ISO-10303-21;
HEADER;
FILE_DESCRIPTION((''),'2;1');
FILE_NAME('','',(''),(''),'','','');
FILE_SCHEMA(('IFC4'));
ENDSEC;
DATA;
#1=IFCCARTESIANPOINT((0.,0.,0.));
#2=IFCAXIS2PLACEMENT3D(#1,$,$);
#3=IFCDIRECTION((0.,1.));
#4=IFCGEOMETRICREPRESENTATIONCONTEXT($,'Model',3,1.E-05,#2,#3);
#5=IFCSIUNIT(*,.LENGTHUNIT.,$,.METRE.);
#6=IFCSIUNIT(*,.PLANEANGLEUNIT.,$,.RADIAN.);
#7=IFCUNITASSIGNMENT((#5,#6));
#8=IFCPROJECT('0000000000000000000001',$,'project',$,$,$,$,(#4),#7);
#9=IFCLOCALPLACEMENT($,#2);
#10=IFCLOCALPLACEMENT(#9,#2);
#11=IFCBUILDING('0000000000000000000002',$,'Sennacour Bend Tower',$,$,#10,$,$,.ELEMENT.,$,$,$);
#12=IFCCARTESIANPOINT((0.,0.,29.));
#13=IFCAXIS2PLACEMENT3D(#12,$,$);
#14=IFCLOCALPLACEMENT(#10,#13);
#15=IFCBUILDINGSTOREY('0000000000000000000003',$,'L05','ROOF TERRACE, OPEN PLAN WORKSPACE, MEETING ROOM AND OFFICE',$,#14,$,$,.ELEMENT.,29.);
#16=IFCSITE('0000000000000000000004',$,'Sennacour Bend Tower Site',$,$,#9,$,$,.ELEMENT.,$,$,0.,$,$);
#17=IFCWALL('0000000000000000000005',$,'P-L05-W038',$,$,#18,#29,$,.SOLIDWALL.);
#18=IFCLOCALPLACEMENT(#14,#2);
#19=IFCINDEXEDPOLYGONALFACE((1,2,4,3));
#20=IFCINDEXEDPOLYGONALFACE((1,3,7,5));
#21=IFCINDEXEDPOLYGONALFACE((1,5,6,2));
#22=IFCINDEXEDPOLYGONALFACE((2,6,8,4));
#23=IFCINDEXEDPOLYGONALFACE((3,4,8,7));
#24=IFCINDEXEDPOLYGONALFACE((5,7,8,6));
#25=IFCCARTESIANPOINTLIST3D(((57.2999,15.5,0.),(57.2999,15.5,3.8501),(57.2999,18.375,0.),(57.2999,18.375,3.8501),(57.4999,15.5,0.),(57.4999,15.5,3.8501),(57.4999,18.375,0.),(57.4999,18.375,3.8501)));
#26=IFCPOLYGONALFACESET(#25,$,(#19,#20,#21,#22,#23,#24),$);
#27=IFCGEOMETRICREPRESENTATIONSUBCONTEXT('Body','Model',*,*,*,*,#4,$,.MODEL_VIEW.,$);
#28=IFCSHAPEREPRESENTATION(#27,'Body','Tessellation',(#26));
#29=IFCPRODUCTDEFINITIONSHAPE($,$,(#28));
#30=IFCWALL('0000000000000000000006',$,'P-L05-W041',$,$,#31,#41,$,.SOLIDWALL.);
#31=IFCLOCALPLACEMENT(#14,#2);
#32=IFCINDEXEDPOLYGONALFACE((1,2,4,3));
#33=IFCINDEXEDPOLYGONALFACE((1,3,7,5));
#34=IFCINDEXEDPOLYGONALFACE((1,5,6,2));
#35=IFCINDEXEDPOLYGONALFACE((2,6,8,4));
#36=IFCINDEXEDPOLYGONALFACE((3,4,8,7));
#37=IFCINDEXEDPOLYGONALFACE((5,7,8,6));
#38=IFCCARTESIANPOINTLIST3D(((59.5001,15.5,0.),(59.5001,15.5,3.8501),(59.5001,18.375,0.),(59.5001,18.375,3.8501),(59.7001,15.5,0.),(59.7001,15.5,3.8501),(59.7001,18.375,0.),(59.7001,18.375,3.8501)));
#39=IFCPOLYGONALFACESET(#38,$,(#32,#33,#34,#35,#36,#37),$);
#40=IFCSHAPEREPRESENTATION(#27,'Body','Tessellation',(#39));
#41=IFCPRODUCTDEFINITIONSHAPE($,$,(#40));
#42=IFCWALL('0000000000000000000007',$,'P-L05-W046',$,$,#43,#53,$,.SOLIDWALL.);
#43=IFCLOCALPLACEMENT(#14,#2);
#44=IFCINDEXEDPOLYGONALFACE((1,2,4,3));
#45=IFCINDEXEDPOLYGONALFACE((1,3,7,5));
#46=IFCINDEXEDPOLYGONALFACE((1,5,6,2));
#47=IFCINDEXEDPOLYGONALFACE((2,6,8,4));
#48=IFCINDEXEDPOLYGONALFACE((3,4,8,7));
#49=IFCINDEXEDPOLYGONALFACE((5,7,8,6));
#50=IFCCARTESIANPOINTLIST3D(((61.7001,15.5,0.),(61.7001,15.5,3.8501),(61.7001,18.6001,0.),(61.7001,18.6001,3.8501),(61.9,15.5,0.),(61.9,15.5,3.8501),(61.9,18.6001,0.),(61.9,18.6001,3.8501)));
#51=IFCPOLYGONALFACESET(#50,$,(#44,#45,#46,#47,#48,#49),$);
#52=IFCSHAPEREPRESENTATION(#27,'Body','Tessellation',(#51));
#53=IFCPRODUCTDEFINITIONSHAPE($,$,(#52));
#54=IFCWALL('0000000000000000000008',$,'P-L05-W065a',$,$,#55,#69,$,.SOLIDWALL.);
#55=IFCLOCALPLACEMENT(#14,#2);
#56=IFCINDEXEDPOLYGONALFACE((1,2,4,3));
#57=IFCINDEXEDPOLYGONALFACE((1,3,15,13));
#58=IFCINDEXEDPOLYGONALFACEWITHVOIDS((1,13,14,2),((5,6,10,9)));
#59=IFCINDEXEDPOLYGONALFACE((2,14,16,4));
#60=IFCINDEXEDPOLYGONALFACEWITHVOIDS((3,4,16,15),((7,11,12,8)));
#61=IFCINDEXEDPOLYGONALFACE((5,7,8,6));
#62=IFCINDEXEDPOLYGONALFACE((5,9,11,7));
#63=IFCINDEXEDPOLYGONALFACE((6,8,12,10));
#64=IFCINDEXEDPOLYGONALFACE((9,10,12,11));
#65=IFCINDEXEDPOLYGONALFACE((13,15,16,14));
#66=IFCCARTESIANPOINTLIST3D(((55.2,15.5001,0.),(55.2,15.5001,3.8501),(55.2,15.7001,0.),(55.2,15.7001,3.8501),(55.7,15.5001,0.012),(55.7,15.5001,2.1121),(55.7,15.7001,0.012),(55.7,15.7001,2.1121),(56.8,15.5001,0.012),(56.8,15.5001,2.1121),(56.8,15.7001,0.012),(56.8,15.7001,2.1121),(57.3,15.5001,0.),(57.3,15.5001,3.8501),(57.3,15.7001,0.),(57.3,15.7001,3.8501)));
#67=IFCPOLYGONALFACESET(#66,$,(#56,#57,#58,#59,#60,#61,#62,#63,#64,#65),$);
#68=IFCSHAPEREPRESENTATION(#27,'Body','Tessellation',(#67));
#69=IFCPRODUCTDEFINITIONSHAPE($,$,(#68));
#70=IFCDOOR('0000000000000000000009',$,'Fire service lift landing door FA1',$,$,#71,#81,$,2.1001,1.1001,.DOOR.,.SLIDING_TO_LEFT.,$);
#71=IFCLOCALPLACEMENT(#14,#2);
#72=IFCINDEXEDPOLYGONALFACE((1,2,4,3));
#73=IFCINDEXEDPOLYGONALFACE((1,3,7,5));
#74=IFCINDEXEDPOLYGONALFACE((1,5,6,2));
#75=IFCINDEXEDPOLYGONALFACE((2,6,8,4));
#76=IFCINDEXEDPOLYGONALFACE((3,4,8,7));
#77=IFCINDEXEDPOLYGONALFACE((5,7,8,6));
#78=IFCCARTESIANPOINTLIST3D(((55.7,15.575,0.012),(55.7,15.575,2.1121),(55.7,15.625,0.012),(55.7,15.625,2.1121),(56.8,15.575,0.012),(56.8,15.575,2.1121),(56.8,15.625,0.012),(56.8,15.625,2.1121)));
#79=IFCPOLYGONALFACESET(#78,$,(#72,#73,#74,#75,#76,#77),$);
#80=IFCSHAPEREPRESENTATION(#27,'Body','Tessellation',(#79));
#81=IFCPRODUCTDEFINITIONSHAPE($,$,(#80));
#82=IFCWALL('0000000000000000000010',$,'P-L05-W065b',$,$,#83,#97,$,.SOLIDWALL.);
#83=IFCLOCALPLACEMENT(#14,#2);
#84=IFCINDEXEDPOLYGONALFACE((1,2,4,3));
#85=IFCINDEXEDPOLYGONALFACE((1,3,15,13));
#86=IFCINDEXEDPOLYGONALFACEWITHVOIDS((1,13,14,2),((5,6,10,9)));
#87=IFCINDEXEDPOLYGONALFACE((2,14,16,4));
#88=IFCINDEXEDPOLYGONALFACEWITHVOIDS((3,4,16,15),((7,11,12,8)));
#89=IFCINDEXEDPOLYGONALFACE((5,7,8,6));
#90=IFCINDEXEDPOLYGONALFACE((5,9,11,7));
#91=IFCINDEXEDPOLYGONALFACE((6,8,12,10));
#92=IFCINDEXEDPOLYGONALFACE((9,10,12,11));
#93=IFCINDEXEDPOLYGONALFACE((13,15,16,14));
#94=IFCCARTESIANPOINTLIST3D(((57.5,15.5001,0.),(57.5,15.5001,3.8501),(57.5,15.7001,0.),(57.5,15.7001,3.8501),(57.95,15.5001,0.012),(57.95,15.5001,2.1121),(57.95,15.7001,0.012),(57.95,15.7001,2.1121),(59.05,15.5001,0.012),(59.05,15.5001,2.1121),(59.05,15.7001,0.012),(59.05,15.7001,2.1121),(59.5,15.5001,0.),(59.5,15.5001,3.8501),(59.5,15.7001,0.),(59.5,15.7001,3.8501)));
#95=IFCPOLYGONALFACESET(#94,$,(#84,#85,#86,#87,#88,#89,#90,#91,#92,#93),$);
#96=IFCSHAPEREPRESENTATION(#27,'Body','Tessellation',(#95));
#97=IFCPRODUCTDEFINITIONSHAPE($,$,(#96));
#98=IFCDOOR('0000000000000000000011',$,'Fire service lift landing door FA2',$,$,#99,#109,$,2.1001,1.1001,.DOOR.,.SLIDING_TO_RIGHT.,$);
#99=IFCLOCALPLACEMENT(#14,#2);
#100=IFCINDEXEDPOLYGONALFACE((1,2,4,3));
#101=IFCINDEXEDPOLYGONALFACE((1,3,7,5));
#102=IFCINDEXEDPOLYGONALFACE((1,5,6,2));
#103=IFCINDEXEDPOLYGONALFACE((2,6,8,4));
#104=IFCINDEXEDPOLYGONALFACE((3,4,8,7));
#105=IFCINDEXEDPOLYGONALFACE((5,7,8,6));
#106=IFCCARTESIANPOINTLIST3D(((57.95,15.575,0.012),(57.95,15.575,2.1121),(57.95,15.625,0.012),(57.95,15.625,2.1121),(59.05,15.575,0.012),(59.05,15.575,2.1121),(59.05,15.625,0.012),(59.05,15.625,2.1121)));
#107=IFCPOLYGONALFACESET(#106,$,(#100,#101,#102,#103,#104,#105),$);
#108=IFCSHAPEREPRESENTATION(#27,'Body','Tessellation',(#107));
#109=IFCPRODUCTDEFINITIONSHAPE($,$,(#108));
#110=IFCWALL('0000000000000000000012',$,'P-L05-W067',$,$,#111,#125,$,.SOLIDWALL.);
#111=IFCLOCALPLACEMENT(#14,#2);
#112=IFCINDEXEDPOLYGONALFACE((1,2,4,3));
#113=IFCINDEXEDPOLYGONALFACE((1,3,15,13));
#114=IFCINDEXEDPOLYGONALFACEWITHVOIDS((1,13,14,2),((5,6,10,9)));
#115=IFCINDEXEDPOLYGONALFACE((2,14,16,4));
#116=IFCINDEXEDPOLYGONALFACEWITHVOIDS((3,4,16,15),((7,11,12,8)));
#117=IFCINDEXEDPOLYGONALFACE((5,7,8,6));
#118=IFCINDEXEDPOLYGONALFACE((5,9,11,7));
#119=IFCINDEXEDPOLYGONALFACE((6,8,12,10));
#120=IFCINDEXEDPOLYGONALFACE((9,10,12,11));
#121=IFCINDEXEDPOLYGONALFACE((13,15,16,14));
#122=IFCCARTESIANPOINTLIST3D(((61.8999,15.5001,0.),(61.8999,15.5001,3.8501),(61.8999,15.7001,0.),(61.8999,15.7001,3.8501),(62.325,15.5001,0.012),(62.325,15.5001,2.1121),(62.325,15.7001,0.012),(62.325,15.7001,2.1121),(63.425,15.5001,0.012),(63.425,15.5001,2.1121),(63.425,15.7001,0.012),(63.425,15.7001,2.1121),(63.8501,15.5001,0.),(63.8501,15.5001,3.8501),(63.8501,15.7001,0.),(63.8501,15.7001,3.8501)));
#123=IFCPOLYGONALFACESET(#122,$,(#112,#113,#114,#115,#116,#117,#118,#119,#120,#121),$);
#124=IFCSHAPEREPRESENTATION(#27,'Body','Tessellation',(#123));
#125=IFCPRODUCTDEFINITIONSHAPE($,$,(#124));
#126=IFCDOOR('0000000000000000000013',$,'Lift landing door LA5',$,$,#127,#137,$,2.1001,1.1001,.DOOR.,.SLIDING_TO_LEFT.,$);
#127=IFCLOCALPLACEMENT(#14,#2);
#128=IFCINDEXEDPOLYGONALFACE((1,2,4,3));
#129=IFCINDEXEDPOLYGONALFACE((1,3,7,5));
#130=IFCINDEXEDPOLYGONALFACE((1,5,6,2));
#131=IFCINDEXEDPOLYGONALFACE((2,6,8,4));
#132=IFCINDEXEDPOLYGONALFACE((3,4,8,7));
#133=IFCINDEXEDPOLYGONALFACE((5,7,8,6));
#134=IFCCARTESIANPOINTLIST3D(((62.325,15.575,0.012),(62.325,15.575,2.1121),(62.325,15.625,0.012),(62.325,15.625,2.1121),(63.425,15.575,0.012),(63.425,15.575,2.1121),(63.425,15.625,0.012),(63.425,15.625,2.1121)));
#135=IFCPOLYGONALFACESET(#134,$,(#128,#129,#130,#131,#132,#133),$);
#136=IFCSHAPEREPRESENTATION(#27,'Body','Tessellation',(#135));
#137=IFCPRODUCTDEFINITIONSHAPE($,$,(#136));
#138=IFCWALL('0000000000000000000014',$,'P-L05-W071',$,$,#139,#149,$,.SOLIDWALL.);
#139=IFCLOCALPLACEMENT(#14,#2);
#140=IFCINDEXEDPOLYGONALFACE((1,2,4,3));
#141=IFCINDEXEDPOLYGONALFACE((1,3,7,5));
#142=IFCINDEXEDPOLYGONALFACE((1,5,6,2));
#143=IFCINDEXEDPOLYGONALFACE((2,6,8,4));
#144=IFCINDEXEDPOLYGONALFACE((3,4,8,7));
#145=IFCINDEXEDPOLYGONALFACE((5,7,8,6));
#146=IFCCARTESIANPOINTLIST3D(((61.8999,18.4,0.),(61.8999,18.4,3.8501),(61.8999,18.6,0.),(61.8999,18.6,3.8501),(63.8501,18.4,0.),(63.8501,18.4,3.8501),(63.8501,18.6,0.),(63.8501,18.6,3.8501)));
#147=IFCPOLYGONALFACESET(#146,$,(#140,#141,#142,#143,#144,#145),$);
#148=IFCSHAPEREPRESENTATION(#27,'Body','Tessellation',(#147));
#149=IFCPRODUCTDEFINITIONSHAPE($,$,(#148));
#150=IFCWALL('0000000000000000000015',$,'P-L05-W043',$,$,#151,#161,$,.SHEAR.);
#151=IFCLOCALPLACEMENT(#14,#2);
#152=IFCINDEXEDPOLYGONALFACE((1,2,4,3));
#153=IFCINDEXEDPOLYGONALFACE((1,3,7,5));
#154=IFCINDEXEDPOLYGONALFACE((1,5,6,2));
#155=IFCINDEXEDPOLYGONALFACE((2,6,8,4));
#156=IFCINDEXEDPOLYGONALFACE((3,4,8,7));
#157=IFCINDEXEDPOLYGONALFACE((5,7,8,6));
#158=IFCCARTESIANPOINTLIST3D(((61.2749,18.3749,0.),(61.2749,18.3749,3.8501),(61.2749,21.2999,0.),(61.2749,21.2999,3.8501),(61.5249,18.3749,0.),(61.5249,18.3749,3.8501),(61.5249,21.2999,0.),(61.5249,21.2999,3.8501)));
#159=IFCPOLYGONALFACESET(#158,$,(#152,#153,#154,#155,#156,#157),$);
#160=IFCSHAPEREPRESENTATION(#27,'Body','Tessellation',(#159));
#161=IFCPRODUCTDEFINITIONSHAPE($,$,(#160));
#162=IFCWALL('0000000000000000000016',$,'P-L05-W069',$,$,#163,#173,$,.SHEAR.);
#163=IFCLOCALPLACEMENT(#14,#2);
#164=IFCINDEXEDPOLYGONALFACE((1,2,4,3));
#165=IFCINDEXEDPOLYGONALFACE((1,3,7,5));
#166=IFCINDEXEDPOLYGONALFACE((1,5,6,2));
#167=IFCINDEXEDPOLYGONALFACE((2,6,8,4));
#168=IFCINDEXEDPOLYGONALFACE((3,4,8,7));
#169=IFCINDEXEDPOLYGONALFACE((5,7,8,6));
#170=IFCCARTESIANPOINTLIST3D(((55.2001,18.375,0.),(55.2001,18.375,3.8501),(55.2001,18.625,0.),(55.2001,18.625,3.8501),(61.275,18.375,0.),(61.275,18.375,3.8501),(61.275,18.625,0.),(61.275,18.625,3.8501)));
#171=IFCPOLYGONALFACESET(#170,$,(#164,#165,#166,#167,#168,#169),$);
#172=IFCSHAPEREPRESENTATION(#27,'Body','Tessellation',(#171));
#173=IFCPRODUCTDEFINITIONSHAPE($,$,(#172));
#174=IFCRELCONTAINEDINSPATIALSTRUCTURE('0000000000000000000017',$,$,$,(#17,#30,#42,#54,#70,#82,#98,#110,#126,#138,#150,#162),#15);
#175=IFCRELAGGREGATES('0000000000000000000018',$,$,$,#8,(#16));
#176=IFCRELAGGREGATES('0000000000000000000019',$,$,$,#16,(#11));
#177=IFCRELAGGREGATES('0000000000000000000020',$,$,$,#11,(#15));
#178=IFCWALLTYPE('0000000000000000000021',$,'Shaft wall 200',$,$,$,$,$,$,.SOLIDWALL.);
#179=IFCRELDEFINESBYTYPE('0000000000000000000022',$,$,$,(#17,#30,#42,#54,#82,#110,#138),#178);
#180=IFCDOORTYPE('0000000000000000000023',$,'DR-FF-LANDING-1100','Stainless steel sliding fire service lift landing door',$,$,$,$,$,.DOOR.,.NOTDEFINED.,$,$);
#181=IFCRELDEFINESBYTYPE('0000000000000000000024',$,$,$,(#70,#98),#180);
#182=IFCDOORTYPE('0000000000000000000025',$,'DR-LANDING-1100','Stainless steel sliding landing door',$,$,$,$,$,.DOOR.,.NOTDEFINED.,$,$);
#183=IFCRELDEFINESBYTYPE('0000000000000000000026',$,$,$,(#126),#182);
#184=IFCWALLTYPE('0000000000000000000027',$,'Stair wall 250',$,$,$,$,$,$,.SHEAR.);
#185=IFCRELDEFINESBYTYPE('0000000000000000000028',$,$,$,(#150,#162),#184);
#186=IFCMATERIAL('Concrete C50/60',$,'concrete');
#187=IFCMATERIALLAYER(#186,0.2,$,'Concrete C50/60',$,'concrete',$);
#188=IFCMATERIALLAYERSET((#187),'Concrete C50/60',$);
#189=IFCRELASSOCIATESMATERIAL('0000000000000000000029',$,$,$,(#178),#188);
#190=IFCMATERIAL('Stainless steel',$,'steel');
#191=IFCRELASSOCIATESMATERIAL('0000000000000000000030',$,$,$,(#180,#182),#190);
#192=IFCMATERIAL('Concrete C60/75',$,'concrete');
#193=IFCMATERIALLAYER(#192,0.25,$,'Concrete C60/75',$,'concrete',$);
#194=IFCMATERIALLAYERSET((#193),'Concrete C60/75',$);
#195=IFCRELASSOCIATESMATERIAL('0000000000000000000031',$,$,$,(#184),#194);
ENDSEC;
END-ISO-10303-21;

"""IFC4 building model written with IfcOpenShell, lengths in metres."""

from ifc_helpers import new_model, si_unit, direction, frame, frame_2d, origin, place, context, subcontext, project, spatial, rectangle, extrude, material, layer, layer_set, type_object, element, fill, save


model = new_model("IFC4")

# Units and contexts
model_context = context("Model", 3, precision=1e-05, world=origin(), true_north=direction((0.0, 1.0)))
body_context = subcontext(model_context, "Body", "Model", "MODEL_VIEW")
ifc_project = project(units=[si_unit("LENGTHUNIT", "METRE"), si_unit("PLANEANGLEUNIT", "RADIAN")], contexts=[model_context])

# Site, building, storey
site_placement = place(None, origin())
site = spatial("IfcSite", under=ifc_project, at=site_placement, Name="Sennacour Bend Tower Site", CompositionType="ELEMENT", RefElevation=0.0)
building_placement = place(site_placement, origin())
building = spatial("IfcBuilding", under=site, at=building_placement, Name="Sennacour Bend Tower", CompositionType="ELEMENT")
storey_placement = place(building_placement, frame((0.0, 0.0, 29.0)))
storey = spatial("IfcBuildingStorey", under=building, at=storey_placement, Name="L05", Description="ROOF TERRACE, OPEN PLAN WORKSPACE, MEETING ROOM AND OFFICE", CompositionType="ELEMENT", Elevation=29.0)

# Walls
ifc_material_1 = material(Name="Concrete C50/60", Category="concrete")
ifc_layer_1 = layer(ifc_material_1, 0.2, Name="Concrete C50/60", Category="concrete")
ifc_layer_set_1 = layer_set([ifc_layer_1], Name="Concrete C50/60")
wall_type_1 = type_object("IfcWallType", Name="Shaft wall 200", PredefinedType="SOLIDWALL", material=ifc_layer_set_1)
for number, where, z_axis, x_axis, name in (
    (1, (57.3999, 15.5, 0.0), (0.0, 0.0, 1.0), (0.0, 1.0, 0.0), "P-L05-W038"),
    (2, (59.6001, 15.5, 0.0), (0.0, 0.0, 1.0), (0.0, 1.0, 0.0), "P-L05-W041"),
):
    element("IfcWall", number, at=place(storey_placement, frame(where, z_axis=z_axis, x_axis=x_axis)), inside=storey, type_object=wall_type_1, Name=name, PredefinedType="SOLIDWALL", context=body_context, shape_type="SweptSolid", body=[
        extrude(rectangle(XDim=2.875, YDim=0.2, at=frame_2d((1.4375, 0.0))), origin(), (0.0, 0.0, 1.0), 3.8501),
    ])
wall_1_placement = place(storey_placement, frame((61.8, 15.5, 0.0), z_axis=(0.0, 0.0, 1.0), x_axis=(0.0, 1.0, 0.0)))
element("IfcWall", 3, at=wall_1_placement, inside=storey, type_object=wall_type_1, Name="P-L05-W046", PredefinedType="SOLIDWALL", context=body_context, shape_type="SweptSolid", body=[
    extrude(rectangle(XDim=3.1001, YDim=0.2, at=frame_2d((1.55, 0.0))), origin(), (0.0, 0.0, 1.0), 3.8501),
])

# Walls, openings, doors
wall_2_placement = place(storey_placement, frame((55.2, 15.6001, 0.0), z_axis=(0.0, 0.0, 1.0), x_axis=(1.0, 0.0, 0.0)))
wall_2 = element("IfcWall", 4, at=wall_2_placement, inside=storey, type_object=wall_type_1, Name="P-L05-W065a", PredefinedType="SOLIDWALL", context=body_context, shape_type="SweptSolid", body=[
    extrude(rectangle(XDim=2.1001, YDim=0.2, at=frame_2d((1.05, 0.0))), origin(), (0.0, 0.0, 1.0), 3.8501),
])
opening_1_placement = place(wall_2_placement, frame((0.5, 0.0, 0.012)))
opening_1 = element("IfcOpeningElement", 5, at=opening_1_placement, cuts=wall_2, PredefinedType="OPENING", context=body_context, shape_type="SweptSolid", body=[
    extrude(rectangle(XDim=1.1001, YDim=2.1001, at=frame_2d((0.55, 1.05))), frame((0.0, 0.1099, 0.0), z_axis=(0.0, -1.0, 0.0), x_axis=(1.0, 0.0, 0.0)), (0.0, 0.0, 1.0), 0.22),
])
ifc_material_2 = material(Name="Stainless steel", Category="steel")
door_type_1 = type_object("IfcDoorType", Name="DR-FF-LANDING-1100", Description="Stainless steel sliding fire service lift landing door", OperationType="NOTDEFINED", PredefinedType="DOOR", material=ifc_material_2)
door_1_placement = place(opening_1_placement, origin())
door_1 = element("IfcDoor", 6, at=door_1_placement, inside=storey, type_object=door_type_1, Name="Fire service lift landing door FA1", OperationType="SLIDING_TO_LEFT", OverallHeight=2.1001, OverallWidth=1.1001, PredefinedType="DOOR", context=body_context, shape_type="SweptSolid", body=[
    extrude(rectangle(XDim=1.1001, YDim=2.1001, at=frame_2d((0.55, 1.05))), frame((0.0, 0.0249, 0.0), z_axis=(0.0, -1.0, 0.0), x_axis=(1.0, 0.0, 0.0)), (0.0, 0.0, 1.0), 0.05),
])
fill(opening_1, door_1)
wall_3_placement = place(storey_placement, frame((57.5, 15.6001, 0.0), z_axis=(0.0, 0.0, 1.0), x_axis=(1.0, 0.0, 0.0)))
wall_3 = element("IfcWall", 7, at=wall_3_placement, inside=storey, type_object=wall_type_1, Name="P-L05-W065b", PredefinedType="SOLIDWALL", context=body_context, shape_type="SweptSolid", body=[
    extrude(rectangle(XDim=2.0, YDim=0.2, at=frame_2d((1.0, 0.0))), origin(), (0.0, 0.0, 1.0), 3.8501),
])
opening_2_placement = place(wall_3_placement, frame((0.45, 0.0, 0.012)))
opening_2 = element("IfcOpeningElement", 8, at=opening_2_placement, cuts=wall_3, PredefinedType="OPENING", context=body_context, shape_type="SweptSolid", body=[
    extrude(rectangle(XDim=1.1001, YDim=2.1001, at=frame_2d((0.55, 1.05))), frame((0.0, 0.1099, 0.0), z_axis=(0.0, -1.0, 0.0), x_axis=(1.0, 0.0, 0.0)), (0.0, 0.0, 1.0), 0.22),
])
door_2_placement = place(opening_2_placement, origin())
door_2 = element("IfcDoor", 9, at=door_2_placement, inside=storey, type_object=door_type_1, Name="Fire service lift landing door FA2", OperationType="SLIDING_TO_RIGHT", OverallHeight=2.1001, OverallWidth=1.1001, PredefinedType="DOOR", context=body_context, shape_type="SweptSolid", body=[
    extrude(rectangle(XDim=1.1001, YDim=2.1001, at=frame_2d((0.55, 1.05))), frame((0.0, 0.0249, 0.0), z_axis=(0.0, -1.0, 0.0), x_axis=(1.0, 0.0, 0.0)), (0.0, 0.0, 1.0), 0.05),
])
fill(opening_2, door_2)
wall_4_placement = place(storey_placement, frame((61.8999, 15.6001, 0.0), z_axis=(0.0, 0.0, 1.0), x_axis=(1.0, 0.0, 0.0)))
wall_4 = element("IfcWall", 10, at=wall_4_placement, inside=storey, type_object=wall_type_1, Name="P-L05-W067", PredefinedType="SOLIDWALL", context=body_context, shape_type="SweptSolid", body=[
    extrude(rectangle(XDim=1.9502, YDim=0.2, at=frame_2d((0.9751, 0.0))), origin(), (0.0, 0.0, 1.0), 3.8501),
])
opening_3_placement = place(wall_4_placement, frame((0.425, 0.0, 0.012)))
opening_3 = element("IfcOpeningElement", 11, at=opening_3_placement, cuts=wall_4, PredefinedType="OPENING", context=body_context, shape_type="SweptSolid", body=[
    extrude(rectangle(XDim=1.1001, YDim=2.1001, at=frame_2d((0.55, 1.05))), frame((0.0, 0.1099, 0.0), z_axis=(0.0, -1.0, 0.0), x_axis=(1.0, 0.0, 0.0)), (0.0, 0.0, 1.0), 0.22),
])
door_type_2 = type_object("IfcDoorType", Name="DR-LANDING-1100", Description="Stainless steel sliding landing door", OperationType="NOTDEFINED", PredefinedType="DOOR", material=ifc_material_2)
door_3_placement = place(opening_3_placement, origin())
door_3 = element("IfcDoor", 12, at=door_3_placement, inside=storey, type_object=door_type_2, Name="Lift landing door LA5", OperationType="SLIDING_TO_LEFT", OverallHeight=2.1001, OverallWidth=1.1001, PredefinedType="DOOR", context=body_context, shape_type="SweptSolid", body=[
    extrude(rectangle(XDim=1.1001, YDim=2.1001, at=frame_2d((0.55, 1.05))), frame((0.0, 0.0249, 0.0), z_axis=(0.0, -1.0, 0.0), x_axis=(1.0, 0.0, 0.0)), (0.0, 0.0, 1.0), 0.05),
])
fill(opening_3, door_3)

# Walls
wall_5_placement = place(storey_placement, frame((61.8999, 18.5, 0.0), z_axis=(0.0, 0.0, 1.0), x_axis=(1.0, 0.0, 0.0)))
element("IfcWall", 13, at=wall_5_placement, inside=storey, type_object=wall_type_1, Name="P-L05-W071", PredefinedType="SOLIDWALL", context=body_context, shape_type="SweptSolid", body=[
    extrude(rectangle(XDim=1.9502, YDim=0.2, at=frame_2d((0.9751, 0.0))), origin(), (0.0, 0.0, 1.0), 3.8501),
])
ifc_material_3 = material(Name="Concrete C60/75", Category="concrete")
ifc_layer_2 = layer(ifc_material_3, 0.25, Name="Concrete C60/75", Category="concrete")
ifc_layer_set_2 = layer_set([ifc_layer_2], Name="Concrete C60/75")
wall_type_2 = type_object("IfcWallType", Name="Stair wall 250", PredefinedType="SHEAR", material=ifc_layer_set_2)
wall_6_placement = place(storey_placement, frame((61.3999, 18.375, 0.0), z_axis=(0.0, 0.0, 1.0), x_axis=(0.0, 1.0, 0.0)))
element("IfcWall", 14, at=wall_6_placement, inside=storey, type_object=wall_type_2, Name="P-L05-W043", PredefinedType="SHEAR", context=body_context, shape_type="SweptSolid", body=[
    extrude(rectangle(XDim=2.925, YDim=0.25, at=frame_2d((1.4624, 0.0))), origin(), (0.0, 0.0, 1.0), 3.8501),
])
wall_7_placement = place(storey_placement, frame((55.2, 18.5, 0.0), z_axis=(0.0, 0.0, 1.0), x_axis=(1.0, 0.0, 0.0)))
element("IfcWall", 15, at=wall_7_placement, inside=storey, type_object=wall_type_2, Name="P-L05-W069", PredefinedType="SHEAR", context=body_context, shape_type="SweptSolid", body=[
    extrude(rectangle(XDim=6.075, YDim=0.25, at=frame_2d((3.0376, 0.0))), origin(), (0.0, 0.0, 1.0), 3.8501),
])

save(model, "model.ifc")
